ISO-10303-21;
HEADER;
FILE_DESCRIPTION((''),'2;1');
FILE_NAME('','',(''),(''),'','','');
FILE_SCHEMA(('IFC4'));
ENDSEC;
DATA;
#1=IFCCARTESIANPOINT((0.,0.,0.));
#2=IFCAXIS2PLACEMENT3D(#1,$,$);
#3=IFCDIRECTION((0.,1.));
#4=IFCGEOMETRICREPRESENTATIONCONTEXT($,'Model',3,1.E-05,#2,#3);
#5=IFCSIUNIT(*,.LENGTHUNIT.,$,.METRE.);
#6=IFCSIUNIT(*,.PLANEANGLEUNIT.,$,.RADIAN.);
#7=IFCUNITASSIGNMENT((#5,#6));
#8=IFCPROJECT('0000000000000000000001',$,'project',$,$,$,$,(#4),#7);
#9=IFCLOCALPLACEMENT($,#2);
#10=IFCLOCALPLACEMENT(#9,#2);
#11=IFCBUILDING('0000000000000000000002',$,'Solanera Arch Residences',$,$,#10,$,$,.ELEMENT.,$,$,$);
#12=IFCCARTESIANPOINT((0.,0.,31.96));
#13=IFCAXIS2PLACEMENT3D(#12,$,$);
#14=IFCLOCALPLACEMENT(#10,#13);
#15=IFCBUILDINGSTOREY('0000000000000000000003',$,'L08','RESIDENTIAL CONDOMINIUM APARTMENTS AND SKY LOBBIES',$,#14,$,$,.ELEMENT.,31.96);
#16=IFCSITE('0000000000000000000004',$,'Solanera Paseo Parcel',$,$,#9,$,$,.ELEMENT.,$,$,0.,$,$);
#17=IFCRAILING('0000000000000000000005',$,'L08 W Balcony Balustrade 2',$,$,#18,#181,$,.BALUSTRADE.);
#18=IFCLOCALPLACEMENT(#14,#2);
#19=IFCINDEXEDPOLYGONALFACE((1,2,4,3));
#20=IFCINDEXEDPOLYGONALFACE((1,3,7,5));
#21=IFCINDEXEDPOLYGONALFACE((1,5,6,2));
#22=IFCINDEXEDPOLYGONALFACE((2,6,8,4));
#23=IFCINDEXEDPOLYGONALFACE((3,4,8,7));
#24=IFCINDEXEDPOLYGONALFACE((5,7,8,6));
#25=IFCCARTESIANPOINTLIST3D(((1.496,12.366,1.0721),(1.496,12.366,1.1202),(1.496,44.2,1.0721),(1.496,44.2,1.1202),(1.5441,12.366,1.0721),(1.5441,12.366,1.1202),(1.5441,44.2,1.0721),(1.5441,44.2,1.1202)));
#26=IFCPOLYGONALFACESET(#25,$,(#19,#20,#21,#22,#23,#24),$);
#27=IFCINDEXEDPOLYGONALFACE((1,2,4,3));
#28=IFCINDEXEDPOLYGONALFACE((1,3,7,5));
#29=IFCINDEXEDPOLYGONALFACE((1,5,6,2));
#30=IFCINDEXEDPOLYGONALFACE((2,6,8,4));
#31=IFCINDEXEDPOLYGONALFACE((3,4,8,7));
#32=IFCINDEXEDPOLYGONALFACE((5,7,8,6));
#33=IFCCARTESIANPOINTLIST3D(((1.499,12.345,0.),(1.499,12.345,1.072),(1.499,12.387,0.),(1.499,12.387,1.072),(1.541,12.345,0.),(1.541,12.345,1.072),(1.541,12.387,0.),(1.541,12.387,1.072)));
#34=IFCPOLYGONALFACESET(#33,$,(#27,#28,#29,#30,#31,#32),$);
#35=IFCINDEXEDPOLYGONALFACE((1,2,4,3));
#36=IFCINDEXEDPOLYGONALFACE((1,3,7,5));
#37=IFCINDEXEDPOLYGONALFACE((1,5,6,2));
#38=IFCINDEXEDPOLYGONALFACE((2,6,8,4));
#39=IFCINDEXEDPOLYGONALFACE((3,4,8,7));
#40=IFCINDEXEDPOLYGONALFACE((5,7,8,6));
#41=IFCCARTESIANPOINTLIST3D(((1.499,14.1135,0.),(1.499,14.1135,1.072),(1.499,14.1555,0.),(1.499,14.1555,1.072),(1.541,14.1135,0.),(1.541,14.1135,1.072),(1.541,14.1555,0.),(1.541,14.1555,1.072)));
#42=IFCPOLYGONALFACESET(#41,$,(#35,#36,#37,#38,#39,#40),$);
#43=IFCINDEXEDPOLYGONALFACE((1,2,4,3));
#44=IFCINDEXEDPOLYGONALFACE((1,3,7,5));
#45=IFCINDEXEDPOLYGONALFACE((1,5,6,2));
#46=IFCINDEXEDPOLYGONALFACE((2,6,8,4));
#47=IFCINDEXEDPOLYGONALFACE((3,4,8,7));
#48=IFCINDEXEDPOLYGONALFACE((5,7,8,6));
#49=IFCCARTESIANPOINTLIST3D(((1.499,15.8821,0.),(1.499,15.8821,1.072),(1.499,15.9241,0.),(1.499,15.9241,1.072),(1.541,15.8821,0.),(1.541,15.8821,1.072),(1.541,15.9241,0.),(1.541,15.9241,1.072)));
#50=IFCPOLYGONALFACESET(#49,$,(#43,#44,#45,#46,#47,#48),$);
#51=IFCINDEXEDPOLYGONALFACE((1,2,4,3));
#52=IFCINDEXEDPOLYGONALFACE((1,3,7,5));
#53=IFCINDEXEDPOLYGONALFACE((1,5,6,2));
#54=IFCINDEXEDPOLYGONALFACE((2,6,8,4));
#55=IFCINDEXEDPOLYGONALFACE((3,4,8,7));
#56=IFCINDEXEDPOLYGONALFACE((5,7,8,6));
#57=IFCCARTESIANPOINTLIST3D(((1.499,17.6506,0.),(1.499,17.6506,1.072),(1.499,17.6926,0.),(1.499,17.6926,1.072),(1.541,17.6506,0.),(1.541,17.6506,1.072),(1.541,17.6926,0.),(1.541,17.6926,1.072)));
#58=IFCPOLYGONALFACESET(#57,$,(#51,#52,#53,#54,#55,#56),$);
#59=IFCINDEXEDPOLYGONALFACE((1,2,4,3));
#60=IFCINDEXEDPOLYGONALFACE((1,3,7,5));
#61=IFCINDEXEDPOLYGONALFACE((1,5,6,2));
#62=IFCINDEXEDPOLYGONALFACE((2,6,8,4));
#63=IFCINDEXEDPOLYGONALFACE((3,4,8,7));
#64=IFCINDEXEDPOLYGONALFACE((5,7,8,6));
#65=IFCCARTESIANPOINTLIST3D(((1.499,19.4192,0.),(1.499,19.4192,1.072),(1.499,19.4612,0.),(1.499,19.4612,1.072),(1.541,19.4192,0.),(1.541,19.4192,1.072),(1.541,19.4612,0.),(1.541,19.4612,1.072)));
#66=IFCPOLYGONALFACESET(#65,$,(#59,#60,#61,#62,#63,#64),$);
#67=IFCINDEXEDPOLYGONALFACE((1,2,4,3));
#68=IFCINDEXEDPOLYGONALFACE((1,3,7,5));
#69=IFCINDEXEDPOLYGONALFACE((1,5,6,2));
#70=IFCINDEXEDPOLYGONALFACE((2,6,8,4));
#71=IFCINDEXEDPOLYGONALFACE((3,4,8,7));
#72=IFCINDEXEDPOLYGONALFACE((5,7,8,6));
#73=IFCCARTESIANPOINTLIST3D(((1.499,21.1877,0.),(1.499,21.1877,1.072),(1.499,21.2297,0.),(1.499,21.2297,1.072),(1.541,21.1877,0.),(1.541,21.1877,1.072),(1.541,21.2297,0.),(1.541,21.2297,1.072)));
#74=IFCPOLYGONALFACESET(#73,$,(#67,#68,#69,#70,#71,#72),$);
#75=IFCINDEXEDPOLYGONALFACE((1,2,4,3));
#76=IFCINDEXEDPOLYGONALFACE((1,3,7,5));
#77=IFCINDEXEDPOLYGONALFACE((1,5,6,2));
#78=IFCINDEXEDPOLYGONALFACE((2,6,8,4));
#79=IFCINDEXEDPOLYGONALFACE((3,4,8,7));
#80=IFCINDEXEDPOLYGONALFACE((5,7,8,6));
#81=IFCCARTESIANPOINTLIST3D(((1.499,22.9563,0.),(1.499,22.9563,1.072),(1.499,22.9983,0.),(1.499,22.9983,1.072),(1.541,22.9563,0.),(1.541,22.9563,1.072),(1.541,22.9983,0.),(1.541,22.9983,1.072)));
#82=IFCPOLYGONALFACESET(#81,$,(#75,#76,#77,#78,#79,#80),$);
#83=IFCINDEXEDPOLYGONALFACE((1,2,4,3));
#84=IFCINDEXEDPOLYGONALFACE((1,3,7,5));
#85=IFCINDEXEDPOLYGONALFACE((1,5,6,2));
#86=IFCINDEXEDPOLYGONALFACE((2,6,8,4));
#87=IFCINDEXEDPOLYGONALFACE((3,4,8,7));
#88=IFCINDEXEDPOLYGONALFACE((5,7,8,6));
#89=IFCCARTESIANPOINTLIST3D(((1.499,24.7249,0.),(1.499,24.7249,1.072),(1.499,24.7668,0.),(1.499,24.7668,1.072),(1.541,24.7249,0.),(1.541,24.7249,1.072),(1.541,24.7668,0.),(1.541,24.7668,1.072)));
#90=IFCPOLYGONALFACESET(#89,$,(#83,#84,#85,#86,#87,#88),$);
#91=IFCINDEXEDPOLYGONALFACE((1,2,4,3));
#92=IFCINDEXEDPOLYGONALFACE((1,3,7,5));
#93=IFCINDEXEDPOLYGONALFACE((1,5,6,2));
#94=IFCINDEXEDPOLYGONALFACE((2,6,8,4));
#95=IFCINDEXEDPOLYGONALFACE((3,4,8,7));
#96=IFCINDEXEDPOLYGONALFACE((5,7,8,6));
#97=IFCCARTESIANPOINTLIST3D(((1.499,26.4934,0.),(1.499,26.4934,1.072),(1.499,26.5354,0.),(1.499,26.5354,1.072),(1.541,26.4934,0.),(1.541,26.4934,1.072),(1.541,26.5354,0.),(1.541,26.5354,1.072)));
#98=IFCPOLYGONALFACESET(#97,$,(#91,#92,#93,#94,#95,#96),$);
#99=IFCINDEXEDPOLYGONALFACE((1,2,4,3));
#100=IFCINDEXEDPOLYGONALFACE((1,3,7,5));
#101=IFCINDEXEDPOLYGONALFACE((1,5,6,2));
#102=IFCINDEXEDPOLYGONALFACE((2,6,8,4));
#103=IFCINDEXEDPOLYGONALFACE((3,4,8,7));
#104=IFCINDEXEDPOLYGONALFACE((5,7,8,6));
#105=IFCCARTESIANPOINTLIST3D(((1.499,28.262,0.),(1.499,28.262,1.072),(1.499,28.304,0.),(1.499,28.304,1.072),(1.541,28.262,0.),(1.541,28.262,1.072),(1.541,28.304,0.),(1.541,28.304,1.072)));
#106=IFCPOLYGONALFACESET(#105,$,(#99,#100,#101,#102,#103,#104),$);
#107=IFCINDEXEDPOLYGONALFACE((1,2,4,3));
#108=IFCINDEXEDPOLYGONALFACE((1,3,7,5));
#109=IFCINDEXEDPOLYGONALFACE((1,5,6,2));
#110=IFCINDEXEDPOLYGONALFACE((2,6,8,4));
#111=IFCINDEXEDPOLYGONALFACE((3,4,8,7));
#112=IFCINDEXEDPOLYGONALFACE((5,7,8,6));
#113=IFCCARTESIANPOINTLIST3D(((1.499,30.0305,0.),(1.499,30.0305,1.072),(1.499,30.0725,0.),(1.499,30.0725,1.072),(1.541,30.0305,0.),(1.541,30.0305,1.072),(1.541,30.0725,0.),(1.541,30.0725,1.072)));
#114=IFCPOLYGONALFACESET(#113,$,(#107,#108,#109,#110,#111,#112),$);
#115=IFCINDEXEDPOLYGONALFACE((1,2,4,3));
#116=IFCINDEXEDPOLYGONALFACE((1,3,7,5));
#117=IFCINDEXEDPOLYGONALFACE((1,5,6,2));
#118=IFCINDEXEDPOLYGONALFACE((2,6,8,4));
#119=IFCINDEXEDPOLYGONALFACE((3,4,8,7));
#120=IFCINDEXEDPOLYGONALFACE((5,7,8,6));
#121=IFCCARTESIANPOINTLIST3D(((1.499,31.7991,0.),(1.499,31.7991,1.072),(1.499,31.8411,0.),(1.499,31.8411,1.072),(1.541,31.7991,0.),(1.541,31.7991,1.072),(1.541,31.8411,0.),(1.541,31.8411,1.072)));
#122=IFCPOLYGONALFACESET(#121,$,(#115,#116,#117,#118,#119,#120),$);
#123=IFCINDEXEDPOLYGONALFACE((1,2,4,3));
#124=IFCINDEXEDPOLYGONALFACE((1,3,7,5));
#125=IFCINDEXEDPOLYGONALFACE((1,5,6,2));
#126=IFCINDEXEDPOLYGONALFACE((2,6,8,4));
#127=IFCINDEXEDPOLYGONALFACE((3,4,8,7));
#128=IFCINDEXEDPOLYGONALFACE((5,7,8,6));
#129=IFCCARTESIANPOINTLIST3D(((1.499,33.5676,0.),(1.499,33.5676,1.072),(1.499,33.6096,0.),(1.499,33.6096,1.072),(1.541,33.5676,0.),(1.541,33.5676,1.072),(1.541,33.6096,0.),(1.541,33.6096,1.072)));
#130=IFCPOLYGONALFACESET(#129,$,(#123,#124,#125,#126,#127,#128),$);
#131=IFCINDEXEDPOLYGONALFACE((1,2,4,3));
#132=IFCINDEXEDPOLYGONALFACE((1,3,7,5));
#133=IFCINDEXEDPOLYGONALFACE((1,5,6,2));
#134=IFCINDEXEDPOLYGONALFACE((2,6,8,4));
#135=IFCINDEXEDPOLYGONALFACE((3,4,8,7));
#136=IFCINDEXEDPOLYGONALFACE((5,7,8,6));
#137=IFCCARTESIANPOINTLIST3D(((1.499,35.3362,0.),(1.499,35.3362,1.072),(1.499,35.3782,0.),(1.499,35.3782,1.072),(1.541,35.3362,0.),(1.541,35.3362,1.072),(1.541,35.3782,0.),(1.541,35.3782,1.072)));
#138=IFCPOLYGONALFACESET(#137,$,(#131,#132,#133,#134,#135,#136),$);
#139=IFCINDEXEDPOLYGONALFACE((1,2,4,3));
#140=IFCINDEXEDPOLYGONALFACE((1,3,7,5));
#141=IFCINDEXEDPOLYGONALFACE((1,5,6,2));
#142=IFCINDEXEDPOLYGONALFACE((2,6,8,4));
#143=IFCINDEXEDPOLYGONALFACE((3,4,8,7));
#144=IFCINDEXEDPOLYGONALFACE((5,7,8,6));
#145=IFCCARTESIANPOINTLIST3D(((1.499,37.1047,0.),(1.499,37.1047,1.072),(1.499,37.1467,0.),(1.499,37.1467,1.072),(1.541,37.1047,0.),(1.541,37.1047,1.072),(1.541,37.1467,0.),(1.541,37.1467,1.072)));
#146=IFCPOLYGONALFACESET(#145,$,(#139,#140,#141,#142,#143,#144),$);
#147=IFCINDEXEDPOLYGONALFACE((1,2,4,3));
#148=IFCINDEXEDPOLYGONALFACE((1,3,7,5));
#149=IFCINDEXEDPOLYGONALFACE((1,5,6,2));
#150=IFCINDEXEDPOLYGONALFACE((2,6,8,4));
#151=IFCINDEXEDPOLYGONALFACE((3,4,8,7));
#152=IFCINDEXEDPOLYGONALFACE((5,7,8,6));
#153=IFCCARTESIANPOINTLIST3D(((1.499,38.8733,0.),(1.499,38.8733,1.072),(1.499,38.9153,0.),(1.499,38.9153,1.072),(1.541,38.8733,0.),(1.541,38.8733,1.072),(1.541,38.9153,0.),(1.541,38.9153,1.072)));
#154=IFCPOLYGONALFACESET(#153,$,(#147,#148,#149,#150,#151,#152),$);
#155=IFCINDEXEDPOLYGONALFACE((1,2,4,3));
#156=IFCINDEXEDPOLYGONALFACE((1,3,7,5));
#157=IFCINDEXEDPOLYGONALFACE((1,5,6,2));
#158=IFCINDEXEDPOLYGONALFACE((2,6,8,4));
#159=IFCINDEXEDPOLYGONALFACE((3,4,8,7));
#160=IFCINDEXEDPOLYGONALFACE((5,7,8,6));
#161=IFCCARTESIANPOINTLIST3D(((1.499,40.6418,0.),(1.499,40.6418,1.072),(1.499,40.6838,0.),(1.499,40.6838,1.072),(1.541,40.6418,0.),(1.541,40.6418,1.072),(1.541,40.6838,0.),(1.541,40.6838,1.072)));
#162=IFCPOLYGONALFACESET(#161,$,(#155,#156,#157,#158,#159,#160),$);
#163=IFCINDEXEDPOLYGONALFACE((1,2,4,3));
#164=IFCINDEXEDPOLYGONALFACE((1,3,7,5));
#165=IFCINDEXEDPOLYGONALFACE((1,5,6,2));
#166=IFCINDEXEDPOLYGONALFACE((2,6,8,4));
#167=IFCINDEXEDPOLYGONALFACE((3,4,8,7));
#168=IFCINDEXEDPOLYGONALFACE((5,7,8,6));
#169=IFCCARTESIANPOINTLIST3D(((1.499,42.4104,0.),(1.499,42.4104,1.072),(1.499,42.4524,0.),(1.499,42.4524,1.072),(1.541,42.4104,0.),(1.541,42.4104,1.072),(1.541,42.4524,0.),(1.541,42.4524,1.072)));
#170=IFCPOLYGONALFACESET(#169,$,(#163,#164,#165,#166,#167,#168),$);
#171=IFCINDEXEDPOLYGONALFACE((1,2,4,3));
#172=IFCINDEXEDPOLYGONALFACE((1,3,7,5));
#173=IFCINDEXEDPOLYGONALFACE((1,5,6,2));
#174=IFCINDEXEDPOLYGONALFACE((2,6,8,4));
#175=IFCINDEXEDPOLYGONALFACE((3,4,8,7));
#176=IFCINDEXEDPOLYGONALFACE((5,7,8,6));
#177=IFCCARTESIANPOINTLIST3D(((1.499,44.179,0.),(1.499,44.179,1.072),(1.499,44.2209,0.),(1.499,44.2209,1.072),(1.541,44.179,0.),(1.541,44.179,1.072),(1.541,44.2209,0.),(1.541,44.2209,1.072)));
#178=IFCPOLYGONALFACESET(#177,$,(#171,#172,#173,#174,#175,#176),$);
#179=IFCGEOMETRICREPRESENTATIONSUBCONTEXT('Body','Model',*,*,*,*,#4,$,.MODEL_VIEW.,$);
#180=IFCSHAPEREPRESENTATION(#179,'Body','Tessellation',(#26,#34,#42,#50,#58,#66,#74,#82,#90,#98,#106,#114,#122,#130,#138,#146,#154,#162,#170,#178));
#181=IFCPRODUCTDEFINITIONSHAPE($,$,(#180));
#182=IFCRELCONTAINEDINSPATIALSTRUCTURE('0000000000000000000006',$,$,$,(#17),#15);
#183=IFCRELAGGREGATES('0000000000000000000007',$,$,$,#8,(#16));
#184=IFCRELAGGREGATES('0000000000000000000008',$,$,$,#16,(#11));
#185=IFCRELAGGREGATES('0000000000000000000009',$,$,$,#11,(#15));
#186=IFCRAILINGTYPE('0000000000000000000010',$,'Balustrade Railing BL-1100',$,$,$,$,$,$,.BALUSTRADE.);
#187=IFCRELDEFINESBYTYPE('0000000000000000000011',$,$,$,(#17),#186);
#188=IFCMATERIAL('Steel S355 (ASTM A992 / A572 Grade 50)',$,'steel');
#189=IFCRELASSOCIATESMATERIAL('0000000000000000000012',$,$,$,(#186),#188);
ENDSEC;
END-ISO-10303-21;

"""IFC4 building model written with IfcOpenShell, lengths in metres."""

from ifc_helpers import new_model, si_unit, direction, frame, origin, origin_2d, place, context, subcontext, project, spatial, rectangle, extrude, material, type_object, element, save


model = new_model("IFC4")

# Units and contexts
model_context = context("Model", 3, precision=1e-05, world=origin(), true_north=direction((0.0, 1.0)))
body_context = subcontext(model_context, "Body", "Model", "MODEL_VIEW")
ifc_project = project(units=[si_unit("LENGTHUNIT", "METRE"), si_unit("PLANEANGLEUNIT", "RADIAN")], contexts=[model_context])

# Site, building, storey
site_placement = place(None, origin())
site = spatial("IfcSite", under=ifc_project, at=site_placement, Name="Solanera Paseo Parcel", CompositionType="ELEMENT", RefElevation=0.0)
building_placement = place(site_placement, origin())
building = spatial("IfcBuilding", under=site, at=building_placement, Name="Solanera Arch Residences", CompositionType="ELEMENT")
storey_placement = place(building_placement, frame((0.0, 0.0, 31.96)))
storey = spatial("IfcBuildingStorey", under=building, at=storey_placement, Name="L08", Description="RESIDENTIAL CONDOMINIUM APARTMENTS AND SKY LOBBIES", CompositionType="ELEMENT", Elevation=31.96)

# Railing
ifc_material_1 = material(Name="Steel S355 (ASTM A992 / A572 Grade 50)", Category="steel")
railing_type = type_object("IfcRailingType", Name="Balustrade Railing BL-1100", PredefinedType="BALUSTRADE", material=ifc_material_1)
railing_placement = place(storey_placement, frame((1.52, 12.366, 0.0)))
element("IfcRailing", 1, at=railing_placement, inside=storey, type_object=railing_type, Name="L08 W Balcony Balustrade 2", PredefinedType="BALUSTRADE", context=body_context, shape_type="SweptSolid", body=[
    extrude(rectangle(XDim=0.0481, YDim=0.0481, at=origin_2d()), frame((0.0, 0.0, 1.0962), z_axis=(0.0, 1.0, 0.0), x_axis=(-1.0, 0.0, 0.0)), (0.0, 0.0, 1.0), 31.834),
    extrude(rectangle(XDim=0.042, YDim=0.042, at=origin_2d()), origin(), (0.0, 0.0, 1.0), 1.072),
    extrude(rectangle(XDim=0.042, YDim=0.042, at=origin_2d()), frame((0.0, 1.7686, 0.0)), (0.0, 0.0, 1.0), 1.072),
    extrude(rectangle(XDim=0.042, YDim=0.042, at=origin_2d()), frame((0.0, 3.5371, 0.0)), (0.0, 0.0, 1.0), 1.072),
    extrude(rectangle(XDim=0.042, YDim=0.042, at=origin_2d()), frame((0.0, 5.3057, 0.0)), (0.0, 0.0, 1.0), 1.072),
    extrude(rectangle(XDim=0.042, YDim=0.042, at=origin_2d()), frame((0.0, 7.0742, 0.0)), (0.0, 0.0, 1.0), 1.072),
    extrude(rectangle(XDim=0.042, YDim=0.042, at=origin_2d()), frame((0.0, 8.8428, 0.0)), (0.0, 0.0, 1.0), 1.072),
    extrude(rectangle(XDim=0.042, YDim=0.042, at=origin_2d()), frame((0.0, 10.6113, 0.0)), (0.0, 0.0, 1.0), 1.072),
    extrude(rectangle(XDim=0.042, YDim=0.042, at=origin_2d()), frame((0.0, 12.3799, 0.0)), (0.0, 0.0, 1.0), 1.072),
    extrude(rectangle(XDim=0.042, YDim=0.042, at=origin_2d()), frame((0.0, 14.1484, 0.0)), (0.0, 0.0, 1.0), 1.072),
    extrude(rectangle(XDim=0.042, YDim=0.042, at=origin_2d()), frame((0.0, 15.917, 0.0)), (0.0, 0.0, 1.0), 1.072),
    extrude(rectangle(XDim=0.042, YDim=0.042, at=origin_2d()), frame((0.0, 17.6855, 0.0)), (0.0, 0.0, 1.0), 1.072),
    extrude(rectangle(XDim=0.042, YDim=0.042, at=origin_2d()), frame((0.0, 19.4541, 0.0)), (0.0, 0.0, 1.0), 1.072),
    extrude(rectangle(XDim=0.042, YDim=0.042, at=origin_2d()), frame((0.0, 21.2227, 0.0)), (0.0, 0.0, 1.0), 1.072),
    extrude(rectangle(XDim=0.042, YDim=0.042, at=origin_2d()), frame((0.0, 22.9912, 0.0)), (0.0, 0.0, 1.0), 1.072),
    extrude(rectangle(XDim=0.042, YDim=0.042, at=origin_2d()), frame((0.0, 24.7598, 0.0)), (0.0, 0.0, 1.0), 1.072),
    extrude(rectangle(XDim=0.042, YDim=0.042, at=origin_2d()), frame((0.0, 26.5283, 0.0)), (0.0, 0.0, 1.0), 1.072),
    extrude(rectangle(XDim=0.042, YDim=0.042, at=origin_2d()), frame((0.0, 28.2969, 0.0)), (0.0, 0.0, 1.0), 1.072),
    extrude(rectangle(XDim=0.042, YDim=0.042, at=origin_2d()), frame((0.0, 30.0654, 0.0)), (0.0, 0.0, 1.0), 1.072),
    extrude(rectangle(XDim=0.042, YDim=0.042, at=origin_2d()), frame((0.0, 31.834, 0.0)), (0.0, 0.0, 1.0), 1.072),
])

save(model, "model.ifc")
